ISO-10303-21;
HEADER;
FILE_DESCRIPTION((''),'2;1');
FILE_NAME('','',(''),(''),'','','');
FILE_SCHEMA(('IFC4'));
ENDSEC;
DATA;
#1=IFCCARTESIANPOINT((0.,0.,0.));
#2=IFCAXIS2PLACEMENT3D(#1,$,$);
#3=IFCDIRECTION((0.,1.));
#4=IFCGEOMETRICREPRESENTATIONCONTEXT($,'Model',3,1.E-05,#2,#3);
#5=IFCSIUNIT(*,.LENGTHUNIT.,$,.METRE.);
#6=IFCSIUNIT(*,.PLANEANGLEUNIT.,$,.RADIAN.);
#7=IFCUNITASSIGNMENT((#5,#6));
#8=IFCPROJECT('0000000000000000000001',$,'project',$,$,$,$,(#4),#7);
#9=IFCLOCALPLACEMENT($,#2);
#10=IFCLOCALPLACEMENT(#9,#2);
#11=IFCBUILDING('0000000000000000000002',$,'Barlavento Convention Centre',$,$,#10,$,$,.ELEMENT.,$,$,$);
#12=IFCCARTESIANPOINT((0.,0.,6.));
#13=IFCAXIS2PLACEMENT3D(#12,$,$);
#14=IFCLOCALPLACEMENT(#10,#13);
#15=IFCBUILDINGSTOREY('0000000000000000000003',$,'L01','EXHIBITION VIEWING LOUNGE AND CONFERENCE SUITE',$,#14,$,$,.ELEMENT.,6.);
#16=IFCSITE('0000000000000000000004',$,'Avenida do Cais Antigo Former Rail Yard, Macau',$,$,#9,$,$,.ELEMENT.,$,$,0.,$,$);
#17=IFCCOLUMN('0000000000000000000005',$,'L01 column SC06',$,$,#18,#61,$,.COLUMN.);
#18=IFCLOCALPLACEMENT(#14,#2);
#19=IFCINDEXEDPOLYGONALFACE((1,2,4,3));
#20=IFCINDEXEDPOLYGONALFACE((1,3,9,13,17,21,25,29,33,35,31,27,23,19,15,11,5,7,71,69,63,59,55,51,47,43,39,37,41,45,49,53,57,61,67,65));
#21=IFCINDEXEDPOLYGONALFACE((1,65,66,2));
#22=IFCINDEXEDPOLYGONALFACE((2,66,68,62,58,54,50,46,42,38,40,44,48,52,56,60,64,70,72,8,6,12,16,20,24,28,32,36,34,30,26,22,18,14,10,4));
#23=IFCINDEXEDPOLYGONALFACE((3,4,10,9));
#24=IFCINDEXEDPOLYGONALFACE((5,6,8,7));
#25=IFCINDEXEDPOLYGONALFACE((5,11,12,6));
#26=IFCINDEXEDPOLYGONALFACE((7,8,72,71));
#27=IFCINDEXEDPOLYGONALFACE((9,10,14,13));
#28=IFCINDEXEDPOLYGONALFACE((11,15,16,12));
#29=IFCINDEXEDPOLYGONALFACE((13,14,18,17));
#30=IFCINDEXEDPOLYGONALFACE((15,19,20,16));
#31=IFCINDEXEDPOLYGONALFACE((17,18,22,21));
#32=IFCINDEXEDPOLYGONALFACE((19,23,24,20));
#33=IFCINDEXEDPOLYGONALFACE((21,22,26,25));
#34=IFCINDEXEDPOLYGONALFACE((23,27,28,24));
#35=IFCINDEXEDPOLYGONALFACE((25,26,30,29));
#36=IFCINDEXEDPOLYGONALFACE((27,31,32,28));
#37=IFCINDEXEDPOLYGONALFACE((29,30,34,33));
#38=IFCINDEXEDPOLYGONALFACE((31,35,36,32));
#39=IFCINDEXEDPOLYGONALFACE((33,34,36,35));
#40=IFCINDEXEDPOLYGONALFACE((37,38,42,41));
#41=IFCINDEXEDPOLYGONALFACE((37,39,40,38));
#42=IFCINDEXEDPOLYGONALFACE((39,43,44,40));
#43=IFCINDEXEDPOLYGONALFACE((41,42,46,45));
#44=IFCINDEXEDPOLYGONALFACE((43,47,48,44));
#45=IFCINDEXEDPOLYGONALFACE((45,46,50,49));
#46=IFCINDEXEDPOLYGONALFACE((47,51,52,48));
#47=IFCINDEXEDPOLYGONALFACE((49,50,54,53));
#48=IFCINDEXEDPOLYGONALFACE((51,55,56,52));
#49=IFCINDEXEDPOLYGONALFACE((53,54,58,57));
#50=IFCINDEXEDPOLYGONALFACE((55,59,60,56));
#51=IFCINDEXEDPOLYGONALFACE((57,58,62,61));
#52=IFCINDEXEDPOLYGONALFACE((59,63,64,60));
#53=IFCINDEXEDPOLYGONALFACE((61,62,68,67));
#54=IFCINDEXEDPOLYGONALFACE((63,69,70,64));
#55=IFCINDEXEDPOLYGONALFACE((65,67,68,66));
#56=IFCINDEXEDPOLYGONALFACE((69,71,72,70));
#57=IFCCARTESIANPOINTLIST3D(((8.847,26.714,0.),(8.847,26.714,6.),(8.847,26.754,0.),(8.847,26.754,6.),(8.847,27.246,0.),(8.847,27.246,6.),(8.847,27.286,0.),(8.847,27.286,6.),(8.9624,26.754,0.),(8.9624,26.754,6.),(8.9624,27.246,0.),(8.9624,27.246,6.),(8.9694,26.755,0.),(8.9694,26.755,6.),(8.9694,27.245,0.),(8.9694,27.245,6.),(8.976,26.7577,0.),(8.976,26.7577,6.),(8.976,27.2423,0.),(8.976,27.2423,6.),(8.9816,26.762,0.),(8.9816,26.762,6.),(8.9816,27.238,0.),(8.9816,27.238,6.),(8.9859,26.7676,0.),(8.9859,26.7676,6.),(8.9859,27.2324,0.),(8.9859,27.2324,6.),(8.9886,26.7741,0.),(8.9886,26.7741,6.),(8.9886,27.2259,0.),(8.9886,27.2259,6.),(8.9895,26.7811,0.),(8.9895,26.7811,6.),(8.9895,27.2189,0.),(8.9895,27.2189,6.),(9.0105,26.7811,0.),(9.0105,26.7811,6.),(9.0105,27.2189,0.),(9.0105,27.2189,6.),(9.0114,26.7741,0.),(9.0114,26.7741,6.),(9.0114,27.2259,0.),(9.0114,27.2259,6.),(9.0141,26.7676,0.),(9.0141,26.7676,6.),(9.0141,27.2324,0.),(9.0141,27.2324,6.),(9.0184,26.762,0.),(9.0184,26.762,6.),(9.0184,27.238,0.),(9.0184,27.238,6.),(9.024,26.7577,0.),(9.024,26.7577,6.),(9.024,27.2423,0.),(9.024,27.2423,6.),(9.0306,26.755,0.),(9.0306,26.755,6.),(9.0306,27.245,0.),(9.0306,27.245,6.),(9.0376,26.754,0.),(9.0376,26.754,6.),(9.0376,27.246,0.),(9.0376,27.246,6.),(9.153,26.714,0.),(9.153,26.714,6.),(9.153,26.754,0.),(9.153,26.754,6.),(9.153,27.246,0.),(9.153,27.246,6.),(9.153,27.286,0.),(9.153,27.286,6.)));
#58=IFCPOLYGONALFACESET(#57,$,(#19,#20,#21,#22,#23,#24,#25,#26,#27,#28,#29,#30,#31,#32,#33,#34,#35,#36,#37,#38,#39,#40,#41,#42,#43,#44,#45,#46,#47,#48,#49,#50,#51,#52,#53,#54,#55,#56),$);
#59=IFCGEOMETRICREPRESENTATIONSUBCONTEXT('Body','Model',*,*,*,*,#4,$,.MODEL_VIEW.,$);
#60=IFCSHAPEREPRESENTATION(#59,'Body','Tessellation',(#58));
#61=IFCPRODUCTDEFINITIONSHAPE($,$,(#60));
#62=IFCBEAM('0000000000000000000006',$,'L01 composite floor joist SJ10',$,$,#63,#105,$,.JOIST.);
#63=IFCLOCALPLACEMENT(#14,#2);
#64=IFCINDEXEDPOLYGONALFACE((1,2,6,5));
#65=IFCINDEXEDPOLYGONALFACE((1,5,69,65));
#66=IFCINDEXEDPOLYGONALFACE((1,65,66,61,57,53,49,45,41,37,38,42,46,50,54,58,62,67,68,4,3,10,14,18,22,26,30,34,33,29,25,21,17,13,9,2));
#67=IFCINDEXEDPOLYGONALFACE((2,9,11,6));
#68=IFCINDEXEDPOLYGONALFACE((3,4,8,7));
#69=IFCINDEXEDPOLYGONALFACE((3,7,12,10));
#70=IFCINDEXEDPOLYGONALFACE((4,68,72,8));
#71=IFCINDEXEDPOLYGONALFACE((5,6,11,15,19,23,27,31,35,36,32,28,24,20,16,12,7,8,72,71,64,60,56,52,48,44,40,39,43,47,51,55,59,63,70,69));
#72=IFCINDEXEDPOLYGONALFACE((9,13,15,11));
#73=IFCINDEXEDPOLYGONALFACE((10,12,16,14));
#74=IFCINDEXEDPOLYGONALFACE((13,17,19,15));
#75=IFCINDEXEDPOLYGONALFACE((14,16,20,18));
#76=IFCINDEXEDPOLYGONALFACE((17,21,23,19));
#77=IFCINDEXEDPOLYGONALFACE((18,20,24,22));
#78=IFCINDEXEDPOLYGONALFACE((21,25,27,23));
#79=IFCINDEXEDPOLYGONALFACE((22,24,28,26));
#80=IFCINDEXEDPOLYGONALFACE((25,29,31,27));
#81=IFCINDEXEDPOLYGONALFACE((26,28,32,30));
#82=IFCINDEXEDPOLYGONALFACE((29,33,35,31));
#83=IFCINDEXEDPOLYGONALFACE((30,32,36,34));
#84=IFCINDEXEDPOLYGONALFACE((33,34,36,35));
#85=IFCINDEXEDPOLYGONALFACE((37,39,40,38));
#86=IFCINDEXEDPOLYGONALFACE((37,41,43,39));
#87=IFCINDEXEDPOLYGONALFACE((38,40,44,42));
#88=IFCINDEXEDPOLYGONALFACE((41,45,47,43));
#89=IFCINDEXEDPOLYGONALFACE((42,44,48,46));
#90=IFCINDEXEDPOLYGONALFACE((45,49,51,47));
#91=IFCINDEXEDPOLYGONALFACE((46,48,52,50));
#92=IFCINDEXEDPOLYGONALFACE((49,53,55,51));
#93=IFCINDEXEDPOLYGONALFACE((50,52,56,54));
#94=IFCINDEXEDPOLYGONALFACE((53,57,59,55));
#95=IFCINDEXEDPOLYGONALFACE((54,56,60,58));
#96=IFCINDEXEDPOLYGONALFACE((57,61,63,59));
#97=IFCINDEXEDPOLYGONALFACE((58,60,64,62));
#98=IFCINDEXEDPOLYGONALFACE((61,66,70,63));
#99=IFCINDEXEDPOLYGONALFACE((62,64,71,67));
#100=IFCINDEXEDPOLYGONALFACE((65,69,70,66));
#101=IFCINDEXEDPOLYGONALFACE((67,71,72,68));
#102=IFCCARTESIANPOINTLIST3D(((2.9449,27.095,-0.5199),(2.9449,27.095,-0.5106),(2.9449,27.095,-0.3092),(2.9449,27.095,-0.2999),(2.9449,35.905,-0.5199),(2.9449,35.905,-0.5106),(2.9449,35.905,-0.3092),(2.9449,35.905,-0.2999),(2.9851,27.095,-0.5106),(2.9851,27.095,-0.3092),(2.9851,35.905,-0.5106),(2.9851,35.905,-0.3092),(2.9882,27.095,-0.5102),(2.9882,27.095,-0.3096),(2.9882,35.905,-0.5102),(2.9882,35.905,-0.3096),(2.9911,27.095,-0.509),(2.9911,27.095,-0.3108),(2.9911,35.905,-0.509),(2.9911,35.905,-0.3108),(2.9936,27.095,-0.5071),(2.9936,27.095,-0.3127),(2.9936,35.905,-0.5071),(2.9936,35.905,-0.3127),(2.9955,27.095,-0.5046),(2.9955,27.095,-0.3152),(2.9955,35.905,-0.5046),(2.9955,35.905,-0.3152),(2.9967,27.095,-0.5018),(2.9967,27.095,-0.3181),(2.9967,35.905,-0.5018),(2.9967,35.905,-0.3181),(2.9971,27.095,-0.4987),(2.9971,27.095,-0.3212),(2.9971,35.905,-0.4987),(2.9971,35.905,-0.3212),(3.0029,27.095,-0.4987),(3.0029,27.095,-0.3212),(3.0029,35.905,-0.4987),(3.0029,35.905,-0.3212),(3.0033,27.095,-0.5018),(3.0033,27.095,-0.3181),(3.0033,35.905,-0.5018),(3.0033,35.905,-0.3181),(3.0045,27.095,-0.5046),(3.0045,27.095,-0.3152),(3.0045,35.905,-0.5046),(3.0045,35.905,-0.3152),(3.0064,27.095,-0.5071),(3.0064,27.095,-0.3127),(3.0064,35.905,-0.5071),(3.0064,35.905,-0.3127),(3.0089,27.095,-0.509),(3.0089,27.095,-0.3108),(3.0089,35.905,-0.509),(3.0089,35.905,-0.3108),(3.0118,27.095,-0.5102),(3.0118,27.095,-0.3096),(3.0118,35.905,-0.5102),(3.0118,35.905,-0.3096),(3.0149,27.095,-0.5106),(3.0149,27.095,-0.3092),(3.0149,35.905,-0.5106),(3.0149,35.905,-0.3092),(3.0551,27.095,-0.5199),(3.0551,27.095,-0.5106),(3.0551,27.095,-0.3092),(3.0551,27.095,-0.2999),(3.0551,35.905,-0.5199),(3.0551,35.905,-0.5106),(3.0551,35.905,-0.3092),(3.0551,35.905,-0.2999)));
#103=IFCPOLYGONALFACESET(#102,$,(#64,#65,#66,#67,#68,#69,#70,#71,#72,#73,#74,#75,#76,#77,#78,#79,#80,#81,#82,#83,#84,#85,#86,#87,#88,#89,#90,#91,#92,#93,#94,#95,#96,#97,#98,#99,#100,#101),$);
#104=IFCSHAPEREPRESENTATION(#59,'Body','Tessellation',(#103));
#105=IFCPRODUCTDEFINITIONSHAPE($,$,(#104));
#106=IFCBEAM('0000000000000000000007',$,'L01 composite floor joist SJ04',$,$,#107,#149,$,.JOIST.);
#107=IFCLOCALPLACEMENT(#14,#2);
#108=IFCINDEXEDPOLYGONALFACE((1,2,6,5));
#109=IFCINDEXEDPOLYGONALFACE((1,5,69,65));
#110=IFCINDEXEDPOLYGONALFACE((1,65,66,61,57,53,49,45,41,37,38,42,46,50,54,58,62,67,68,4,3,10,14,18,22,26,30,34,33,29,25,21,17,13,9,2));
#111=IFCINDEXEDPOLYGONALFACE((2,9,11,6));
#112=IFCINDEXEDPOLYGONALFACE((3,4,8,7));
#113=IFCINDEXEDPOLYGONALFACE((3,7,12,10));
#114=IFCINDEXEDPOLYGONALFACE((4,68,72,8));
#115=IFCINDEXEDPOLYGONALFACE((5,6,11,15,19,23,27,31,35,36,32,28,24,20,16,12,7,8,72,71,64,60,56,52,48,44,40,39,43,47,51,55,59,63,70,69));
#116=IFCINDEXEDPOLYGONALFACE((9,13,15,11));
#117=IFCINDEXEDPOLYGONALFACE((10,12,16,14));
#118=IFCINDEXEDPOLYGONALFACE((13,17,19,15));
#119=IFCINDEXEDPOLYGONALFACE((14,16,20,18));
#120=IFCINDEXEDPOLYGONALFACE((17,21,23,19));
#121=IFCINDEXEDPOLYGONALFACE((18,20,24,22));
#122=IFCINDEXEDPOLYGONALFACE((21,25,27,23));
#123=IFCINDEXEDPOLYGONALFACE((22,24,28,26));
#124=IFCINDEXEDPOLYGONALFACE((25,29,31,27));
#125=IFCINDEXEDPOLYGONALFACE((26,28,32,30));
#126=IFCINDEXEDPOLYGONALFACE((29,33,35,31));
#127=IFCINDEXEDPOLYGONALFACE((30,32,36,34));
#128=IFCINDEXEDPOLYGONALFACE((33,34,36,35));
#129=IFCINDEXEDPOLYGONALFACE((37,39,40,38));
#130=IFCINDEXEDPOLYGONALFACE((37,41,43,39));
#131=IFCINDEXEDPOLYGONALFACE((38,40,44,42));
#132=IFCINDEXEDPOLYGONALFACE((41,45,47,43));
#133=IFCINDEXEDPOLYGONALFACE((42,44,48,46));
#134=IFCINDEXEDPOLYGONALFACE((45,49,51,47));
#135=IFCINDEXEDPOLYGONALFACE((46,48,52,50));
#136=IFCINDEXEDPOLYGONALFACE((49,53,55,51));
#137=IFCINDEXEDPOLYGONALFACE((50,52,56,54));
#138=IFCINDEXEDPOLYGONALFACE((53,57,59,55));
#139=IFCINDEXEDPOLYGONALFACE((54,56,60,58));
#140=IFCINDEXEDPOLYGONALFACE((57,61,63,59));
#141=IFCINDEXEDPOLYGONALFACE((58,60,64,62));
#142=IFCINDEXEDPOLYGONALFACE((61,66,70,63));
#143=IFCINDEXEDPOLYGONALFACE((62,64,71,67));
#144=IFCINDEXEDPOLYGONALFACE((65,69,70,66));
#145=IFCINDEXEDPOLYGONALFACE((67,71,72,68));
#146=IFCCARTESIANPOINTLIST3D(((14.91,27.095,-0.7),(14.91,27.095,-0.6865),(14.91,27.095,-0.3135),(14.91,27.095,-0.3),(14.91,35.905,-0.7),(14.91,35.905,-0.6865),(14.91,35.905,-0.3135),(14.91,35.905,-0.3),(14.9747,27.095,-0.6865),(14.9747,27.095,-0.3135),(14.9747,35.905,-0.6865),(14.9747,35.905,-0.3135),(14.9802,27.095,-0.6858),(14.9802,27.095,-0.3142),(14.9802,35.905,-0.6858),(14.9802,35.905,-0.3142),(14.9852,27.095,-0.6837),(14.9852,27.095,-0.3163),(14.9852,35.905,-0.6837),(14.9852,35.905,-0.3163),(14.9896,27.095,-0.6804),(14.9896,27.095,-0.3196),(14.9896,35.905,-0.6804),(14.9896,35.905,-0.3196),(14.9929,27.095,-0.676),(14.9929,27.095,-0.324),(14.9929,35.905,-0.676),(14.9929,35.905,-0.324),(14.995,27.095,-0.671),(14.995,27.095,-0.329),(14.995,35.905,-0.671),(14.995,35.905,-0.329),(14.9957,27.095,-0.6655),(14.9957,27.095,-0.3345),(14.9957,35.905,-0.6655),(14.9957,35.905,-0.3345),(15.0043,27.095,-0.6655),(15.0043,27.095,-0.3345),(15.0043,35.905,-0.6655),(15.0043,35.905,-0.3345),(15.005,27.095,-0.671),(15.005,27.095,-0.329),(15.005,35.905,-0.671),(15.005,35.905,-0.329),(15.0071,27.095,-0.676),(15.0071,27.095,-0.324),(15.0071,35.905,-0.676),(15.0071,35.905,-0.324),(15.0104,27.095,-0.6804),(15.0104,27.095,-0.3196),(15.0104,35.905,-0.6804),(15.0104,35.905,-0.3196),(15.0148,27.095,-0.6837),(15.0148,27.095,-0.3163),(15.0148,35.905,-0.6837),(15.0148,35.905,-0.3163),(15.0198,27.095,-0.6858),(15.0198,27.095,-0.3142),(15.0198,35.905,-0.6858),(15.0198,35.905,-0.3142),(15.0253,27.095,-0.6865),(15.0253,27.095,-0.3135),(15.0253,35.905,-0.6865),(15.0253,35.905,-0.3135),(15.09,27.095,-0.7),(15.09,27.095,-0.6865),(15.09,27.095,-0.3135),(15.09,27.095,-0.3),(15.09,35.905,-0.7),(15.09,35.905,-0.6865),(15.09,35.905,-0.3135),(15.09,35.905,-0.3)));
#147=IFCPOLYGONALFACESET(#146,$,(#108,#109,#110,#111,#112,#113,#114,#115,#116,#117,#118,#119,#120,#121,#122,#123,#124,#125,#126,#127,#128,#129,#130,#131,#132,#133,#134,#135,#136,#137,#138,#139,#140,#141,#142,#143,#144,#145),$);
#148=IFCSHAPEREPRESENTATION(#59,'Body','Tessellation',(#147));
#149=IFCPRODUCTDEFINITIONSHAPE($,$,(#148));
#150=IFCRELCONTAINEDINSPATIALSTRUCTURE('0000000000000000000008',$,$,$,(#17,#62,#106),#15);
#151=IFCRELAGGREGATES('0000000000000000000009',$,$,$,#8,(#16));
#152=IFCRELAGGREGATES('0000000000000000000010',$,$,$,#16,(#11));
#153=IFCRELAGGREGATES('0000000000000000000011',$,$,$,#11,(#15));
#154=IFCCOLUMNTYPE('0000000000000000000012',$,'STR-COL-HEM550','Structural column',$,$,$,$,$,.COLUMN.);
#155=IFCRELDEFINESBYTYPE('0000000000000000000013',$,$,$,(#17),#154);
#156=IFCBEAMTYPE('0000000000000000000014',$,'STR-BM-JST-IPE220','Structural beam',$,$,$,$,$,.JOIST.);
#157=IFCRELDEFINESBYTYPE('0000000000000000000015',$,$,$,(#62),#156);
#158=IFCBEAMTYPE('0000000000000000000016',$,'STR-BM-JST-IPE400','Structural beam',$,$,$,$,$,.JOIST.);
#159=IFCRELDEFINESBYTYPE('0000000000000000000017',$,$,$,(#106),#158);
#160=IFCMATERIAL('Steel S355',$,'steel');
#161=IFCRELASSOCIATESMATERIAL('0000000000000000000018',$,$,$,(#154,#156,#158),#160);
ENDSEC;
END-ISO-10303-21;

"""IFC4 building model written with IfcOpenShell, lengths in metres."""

from ifc_helpers import new_model, si_unit, direction, frame, origin, origin_2d, place, context, subcontext, project, spatial, i_section, extrude, material, material_profile, profile_set, type_object, element, save


model = new_model("IFC4")

# Units and contexts
model_context = context("Model", 3, precision=1e-05, world=origin(), true_north=direction((0.0, 1.0)))
body_context = subcontext(model_context, "Body", "Model", "MODEL_VIEW")
ifc_project = project(units=[si_unit("LENGTHUNIT", "METRE"), si_unit("PLANEANGLEUNIT", "RADIAN")], contexts=[model_context])

# Site, building, storey
site_placement = place(None, origin())
site = spatial("IfcSite", under=ifc_project, at=site_placement, Name="Avenida do Cais Antigo Former Rail Yard, Macau", CompositionType="ELEMENT", RefElevation=0.0)
building_placement = place(site_placement, origin())
building = spatial("IfcBuilding", under=site, at=building_placement, Name="Barlavento Convention Centre", CompositionType="ELEMENT")
storey_placement = place(building_placement, frame((0.0, 0.0, 6.0)))
storey = spatial("IfcBuildingStorey", under=building, at=storey_placement, Name="L01", Description="EXHIBITION VIEWING LOUNGE AND CONFERENCE SUITE", CompositionType="ELEMENT", Elevation=6.0)

# Column
ifc_material_1 = material(Name="Steel S355", Category="steel")
ifc_material_profile_1 = material_profile(ifc_material_1, i_section(OverallWidth=0.3059, OverallDepth=0.572, WebThickness=0.021, FlangeThickness=0.04, FilletRadius=0.0271, at=origin_2d()), Name="HEM 550")
ifc_profile_set_1 = profile_set([ifc_material_profile_1], Name="Steel S355")
column_type = type_object("IfcColumnType", Name="STR-COL-HEM550", Description="Structural column", PredefinedType="COLUMN", material=ifc_profile_set_1)
column_placement = place(storey_placement, frame((9.0, 27.0, 0.0), z_axis=(0.0, 0.0, 1.0), x_axis=(1.0, 0.0, 0.0)))
element("IfcColumn", 1, at=column_placement, inside=storey, type_object=column_type, Name="L01 column SC06", PredefinedType="COLUMN", context=body_context, shape_type="SweptSolid", body=[
    extrude(i_section(OverallWidth=0.3059, OverallDepth=0.572, WebThickness=0.021, FlangeThickness=0.04, FilletRadius=0.0271, at=origin_2d()), origin(), (0.0, 0.0, 1.0), 6.0),
])

# Beams
ifc_material_profile_2 = material_profile(ifc_material_1, i_section(OverallWidth=0.1101, OverallDepth=0.22, WebThickness=0.0059, FlangeThickness=0.0093, FilletRadius=0.012, at=origin_2d()), Name="IPE 220")
ifc_profile_set_2 = profile_set([ifc_material_profile_2], Name="Steel S355")
beam_type_1 = type_object("IfcBeamType", Name="STR-BM-JST-IPE220", Description="Structural beam", PredefinedType="JOIST", material=ifc_profile_set_2)
beam_1_placement = place(storey_placement, frame((3.0, 27.095, -0.4099), z_axis=(0.0, 1.0, 0.0), x_axis=(-1.0, 0.0, 0.0)))
element("IfcBeam", 2, at=beam_1_placement, inside=storey, type_object=beam_type_1, Name="L01 composite floor joist SJ10", PredefinedType="JOIST", context=body_context, shape_type="SweptSolid", body=[
    extrude(i_section(OverallWidth=0.1101, OverallDepth=0.22, WebThickness=0.0059, FlangeThickness=0.0093, FilletRadius=0.012, at=origin_2d()), origin(), (0.0, 0.0, 1.0), 8.8101),
])
ifc_material_profile_3 = material_profile(ifc_material_1, i_section(OverallWidth=0.1799, OverallDepth=0.3999, WebThickness=0.0085, FlangeThickness=0.0134, FilletRadius=0.021, at=origin_2d()), Name="IPE 400")
ifc_profile_set_3 = profile_set([ifc_material_profile_3], Name="Steel S355")
beam_type_2 = type_object("IfcBeamType", Name="STR-BM-JST-IPE400", Description="Structural beam", PredefinedType="JOIST", material=ifc_profile_set_3)
beam_2_placement = place(storey_placement, frame((15.0, 27.095, -0.5), z_axis=(0.0, 1.0, 0.0), x_axis=(-1.0, 0.0, 0.0)))
element("IfcBeam", 3, at=beam_2_placement, inside=storey, type_object=beam_type_2, Name="L01 composite floor joist SJ04", PredefinedType="JOIST", context=body_context, shape_type="SweptSolid", body=[
    extrude(i_section(OverallWidth=0.1799, OverallDepth=0.3999, WebThickness=0.0085, FlangeThickness=0.0134, FilletRadius=0.021, at=origin_2d()), origin(), (0.0, 0.0, 1.0), 8.8101),
])

save(model, "model.ifc")
